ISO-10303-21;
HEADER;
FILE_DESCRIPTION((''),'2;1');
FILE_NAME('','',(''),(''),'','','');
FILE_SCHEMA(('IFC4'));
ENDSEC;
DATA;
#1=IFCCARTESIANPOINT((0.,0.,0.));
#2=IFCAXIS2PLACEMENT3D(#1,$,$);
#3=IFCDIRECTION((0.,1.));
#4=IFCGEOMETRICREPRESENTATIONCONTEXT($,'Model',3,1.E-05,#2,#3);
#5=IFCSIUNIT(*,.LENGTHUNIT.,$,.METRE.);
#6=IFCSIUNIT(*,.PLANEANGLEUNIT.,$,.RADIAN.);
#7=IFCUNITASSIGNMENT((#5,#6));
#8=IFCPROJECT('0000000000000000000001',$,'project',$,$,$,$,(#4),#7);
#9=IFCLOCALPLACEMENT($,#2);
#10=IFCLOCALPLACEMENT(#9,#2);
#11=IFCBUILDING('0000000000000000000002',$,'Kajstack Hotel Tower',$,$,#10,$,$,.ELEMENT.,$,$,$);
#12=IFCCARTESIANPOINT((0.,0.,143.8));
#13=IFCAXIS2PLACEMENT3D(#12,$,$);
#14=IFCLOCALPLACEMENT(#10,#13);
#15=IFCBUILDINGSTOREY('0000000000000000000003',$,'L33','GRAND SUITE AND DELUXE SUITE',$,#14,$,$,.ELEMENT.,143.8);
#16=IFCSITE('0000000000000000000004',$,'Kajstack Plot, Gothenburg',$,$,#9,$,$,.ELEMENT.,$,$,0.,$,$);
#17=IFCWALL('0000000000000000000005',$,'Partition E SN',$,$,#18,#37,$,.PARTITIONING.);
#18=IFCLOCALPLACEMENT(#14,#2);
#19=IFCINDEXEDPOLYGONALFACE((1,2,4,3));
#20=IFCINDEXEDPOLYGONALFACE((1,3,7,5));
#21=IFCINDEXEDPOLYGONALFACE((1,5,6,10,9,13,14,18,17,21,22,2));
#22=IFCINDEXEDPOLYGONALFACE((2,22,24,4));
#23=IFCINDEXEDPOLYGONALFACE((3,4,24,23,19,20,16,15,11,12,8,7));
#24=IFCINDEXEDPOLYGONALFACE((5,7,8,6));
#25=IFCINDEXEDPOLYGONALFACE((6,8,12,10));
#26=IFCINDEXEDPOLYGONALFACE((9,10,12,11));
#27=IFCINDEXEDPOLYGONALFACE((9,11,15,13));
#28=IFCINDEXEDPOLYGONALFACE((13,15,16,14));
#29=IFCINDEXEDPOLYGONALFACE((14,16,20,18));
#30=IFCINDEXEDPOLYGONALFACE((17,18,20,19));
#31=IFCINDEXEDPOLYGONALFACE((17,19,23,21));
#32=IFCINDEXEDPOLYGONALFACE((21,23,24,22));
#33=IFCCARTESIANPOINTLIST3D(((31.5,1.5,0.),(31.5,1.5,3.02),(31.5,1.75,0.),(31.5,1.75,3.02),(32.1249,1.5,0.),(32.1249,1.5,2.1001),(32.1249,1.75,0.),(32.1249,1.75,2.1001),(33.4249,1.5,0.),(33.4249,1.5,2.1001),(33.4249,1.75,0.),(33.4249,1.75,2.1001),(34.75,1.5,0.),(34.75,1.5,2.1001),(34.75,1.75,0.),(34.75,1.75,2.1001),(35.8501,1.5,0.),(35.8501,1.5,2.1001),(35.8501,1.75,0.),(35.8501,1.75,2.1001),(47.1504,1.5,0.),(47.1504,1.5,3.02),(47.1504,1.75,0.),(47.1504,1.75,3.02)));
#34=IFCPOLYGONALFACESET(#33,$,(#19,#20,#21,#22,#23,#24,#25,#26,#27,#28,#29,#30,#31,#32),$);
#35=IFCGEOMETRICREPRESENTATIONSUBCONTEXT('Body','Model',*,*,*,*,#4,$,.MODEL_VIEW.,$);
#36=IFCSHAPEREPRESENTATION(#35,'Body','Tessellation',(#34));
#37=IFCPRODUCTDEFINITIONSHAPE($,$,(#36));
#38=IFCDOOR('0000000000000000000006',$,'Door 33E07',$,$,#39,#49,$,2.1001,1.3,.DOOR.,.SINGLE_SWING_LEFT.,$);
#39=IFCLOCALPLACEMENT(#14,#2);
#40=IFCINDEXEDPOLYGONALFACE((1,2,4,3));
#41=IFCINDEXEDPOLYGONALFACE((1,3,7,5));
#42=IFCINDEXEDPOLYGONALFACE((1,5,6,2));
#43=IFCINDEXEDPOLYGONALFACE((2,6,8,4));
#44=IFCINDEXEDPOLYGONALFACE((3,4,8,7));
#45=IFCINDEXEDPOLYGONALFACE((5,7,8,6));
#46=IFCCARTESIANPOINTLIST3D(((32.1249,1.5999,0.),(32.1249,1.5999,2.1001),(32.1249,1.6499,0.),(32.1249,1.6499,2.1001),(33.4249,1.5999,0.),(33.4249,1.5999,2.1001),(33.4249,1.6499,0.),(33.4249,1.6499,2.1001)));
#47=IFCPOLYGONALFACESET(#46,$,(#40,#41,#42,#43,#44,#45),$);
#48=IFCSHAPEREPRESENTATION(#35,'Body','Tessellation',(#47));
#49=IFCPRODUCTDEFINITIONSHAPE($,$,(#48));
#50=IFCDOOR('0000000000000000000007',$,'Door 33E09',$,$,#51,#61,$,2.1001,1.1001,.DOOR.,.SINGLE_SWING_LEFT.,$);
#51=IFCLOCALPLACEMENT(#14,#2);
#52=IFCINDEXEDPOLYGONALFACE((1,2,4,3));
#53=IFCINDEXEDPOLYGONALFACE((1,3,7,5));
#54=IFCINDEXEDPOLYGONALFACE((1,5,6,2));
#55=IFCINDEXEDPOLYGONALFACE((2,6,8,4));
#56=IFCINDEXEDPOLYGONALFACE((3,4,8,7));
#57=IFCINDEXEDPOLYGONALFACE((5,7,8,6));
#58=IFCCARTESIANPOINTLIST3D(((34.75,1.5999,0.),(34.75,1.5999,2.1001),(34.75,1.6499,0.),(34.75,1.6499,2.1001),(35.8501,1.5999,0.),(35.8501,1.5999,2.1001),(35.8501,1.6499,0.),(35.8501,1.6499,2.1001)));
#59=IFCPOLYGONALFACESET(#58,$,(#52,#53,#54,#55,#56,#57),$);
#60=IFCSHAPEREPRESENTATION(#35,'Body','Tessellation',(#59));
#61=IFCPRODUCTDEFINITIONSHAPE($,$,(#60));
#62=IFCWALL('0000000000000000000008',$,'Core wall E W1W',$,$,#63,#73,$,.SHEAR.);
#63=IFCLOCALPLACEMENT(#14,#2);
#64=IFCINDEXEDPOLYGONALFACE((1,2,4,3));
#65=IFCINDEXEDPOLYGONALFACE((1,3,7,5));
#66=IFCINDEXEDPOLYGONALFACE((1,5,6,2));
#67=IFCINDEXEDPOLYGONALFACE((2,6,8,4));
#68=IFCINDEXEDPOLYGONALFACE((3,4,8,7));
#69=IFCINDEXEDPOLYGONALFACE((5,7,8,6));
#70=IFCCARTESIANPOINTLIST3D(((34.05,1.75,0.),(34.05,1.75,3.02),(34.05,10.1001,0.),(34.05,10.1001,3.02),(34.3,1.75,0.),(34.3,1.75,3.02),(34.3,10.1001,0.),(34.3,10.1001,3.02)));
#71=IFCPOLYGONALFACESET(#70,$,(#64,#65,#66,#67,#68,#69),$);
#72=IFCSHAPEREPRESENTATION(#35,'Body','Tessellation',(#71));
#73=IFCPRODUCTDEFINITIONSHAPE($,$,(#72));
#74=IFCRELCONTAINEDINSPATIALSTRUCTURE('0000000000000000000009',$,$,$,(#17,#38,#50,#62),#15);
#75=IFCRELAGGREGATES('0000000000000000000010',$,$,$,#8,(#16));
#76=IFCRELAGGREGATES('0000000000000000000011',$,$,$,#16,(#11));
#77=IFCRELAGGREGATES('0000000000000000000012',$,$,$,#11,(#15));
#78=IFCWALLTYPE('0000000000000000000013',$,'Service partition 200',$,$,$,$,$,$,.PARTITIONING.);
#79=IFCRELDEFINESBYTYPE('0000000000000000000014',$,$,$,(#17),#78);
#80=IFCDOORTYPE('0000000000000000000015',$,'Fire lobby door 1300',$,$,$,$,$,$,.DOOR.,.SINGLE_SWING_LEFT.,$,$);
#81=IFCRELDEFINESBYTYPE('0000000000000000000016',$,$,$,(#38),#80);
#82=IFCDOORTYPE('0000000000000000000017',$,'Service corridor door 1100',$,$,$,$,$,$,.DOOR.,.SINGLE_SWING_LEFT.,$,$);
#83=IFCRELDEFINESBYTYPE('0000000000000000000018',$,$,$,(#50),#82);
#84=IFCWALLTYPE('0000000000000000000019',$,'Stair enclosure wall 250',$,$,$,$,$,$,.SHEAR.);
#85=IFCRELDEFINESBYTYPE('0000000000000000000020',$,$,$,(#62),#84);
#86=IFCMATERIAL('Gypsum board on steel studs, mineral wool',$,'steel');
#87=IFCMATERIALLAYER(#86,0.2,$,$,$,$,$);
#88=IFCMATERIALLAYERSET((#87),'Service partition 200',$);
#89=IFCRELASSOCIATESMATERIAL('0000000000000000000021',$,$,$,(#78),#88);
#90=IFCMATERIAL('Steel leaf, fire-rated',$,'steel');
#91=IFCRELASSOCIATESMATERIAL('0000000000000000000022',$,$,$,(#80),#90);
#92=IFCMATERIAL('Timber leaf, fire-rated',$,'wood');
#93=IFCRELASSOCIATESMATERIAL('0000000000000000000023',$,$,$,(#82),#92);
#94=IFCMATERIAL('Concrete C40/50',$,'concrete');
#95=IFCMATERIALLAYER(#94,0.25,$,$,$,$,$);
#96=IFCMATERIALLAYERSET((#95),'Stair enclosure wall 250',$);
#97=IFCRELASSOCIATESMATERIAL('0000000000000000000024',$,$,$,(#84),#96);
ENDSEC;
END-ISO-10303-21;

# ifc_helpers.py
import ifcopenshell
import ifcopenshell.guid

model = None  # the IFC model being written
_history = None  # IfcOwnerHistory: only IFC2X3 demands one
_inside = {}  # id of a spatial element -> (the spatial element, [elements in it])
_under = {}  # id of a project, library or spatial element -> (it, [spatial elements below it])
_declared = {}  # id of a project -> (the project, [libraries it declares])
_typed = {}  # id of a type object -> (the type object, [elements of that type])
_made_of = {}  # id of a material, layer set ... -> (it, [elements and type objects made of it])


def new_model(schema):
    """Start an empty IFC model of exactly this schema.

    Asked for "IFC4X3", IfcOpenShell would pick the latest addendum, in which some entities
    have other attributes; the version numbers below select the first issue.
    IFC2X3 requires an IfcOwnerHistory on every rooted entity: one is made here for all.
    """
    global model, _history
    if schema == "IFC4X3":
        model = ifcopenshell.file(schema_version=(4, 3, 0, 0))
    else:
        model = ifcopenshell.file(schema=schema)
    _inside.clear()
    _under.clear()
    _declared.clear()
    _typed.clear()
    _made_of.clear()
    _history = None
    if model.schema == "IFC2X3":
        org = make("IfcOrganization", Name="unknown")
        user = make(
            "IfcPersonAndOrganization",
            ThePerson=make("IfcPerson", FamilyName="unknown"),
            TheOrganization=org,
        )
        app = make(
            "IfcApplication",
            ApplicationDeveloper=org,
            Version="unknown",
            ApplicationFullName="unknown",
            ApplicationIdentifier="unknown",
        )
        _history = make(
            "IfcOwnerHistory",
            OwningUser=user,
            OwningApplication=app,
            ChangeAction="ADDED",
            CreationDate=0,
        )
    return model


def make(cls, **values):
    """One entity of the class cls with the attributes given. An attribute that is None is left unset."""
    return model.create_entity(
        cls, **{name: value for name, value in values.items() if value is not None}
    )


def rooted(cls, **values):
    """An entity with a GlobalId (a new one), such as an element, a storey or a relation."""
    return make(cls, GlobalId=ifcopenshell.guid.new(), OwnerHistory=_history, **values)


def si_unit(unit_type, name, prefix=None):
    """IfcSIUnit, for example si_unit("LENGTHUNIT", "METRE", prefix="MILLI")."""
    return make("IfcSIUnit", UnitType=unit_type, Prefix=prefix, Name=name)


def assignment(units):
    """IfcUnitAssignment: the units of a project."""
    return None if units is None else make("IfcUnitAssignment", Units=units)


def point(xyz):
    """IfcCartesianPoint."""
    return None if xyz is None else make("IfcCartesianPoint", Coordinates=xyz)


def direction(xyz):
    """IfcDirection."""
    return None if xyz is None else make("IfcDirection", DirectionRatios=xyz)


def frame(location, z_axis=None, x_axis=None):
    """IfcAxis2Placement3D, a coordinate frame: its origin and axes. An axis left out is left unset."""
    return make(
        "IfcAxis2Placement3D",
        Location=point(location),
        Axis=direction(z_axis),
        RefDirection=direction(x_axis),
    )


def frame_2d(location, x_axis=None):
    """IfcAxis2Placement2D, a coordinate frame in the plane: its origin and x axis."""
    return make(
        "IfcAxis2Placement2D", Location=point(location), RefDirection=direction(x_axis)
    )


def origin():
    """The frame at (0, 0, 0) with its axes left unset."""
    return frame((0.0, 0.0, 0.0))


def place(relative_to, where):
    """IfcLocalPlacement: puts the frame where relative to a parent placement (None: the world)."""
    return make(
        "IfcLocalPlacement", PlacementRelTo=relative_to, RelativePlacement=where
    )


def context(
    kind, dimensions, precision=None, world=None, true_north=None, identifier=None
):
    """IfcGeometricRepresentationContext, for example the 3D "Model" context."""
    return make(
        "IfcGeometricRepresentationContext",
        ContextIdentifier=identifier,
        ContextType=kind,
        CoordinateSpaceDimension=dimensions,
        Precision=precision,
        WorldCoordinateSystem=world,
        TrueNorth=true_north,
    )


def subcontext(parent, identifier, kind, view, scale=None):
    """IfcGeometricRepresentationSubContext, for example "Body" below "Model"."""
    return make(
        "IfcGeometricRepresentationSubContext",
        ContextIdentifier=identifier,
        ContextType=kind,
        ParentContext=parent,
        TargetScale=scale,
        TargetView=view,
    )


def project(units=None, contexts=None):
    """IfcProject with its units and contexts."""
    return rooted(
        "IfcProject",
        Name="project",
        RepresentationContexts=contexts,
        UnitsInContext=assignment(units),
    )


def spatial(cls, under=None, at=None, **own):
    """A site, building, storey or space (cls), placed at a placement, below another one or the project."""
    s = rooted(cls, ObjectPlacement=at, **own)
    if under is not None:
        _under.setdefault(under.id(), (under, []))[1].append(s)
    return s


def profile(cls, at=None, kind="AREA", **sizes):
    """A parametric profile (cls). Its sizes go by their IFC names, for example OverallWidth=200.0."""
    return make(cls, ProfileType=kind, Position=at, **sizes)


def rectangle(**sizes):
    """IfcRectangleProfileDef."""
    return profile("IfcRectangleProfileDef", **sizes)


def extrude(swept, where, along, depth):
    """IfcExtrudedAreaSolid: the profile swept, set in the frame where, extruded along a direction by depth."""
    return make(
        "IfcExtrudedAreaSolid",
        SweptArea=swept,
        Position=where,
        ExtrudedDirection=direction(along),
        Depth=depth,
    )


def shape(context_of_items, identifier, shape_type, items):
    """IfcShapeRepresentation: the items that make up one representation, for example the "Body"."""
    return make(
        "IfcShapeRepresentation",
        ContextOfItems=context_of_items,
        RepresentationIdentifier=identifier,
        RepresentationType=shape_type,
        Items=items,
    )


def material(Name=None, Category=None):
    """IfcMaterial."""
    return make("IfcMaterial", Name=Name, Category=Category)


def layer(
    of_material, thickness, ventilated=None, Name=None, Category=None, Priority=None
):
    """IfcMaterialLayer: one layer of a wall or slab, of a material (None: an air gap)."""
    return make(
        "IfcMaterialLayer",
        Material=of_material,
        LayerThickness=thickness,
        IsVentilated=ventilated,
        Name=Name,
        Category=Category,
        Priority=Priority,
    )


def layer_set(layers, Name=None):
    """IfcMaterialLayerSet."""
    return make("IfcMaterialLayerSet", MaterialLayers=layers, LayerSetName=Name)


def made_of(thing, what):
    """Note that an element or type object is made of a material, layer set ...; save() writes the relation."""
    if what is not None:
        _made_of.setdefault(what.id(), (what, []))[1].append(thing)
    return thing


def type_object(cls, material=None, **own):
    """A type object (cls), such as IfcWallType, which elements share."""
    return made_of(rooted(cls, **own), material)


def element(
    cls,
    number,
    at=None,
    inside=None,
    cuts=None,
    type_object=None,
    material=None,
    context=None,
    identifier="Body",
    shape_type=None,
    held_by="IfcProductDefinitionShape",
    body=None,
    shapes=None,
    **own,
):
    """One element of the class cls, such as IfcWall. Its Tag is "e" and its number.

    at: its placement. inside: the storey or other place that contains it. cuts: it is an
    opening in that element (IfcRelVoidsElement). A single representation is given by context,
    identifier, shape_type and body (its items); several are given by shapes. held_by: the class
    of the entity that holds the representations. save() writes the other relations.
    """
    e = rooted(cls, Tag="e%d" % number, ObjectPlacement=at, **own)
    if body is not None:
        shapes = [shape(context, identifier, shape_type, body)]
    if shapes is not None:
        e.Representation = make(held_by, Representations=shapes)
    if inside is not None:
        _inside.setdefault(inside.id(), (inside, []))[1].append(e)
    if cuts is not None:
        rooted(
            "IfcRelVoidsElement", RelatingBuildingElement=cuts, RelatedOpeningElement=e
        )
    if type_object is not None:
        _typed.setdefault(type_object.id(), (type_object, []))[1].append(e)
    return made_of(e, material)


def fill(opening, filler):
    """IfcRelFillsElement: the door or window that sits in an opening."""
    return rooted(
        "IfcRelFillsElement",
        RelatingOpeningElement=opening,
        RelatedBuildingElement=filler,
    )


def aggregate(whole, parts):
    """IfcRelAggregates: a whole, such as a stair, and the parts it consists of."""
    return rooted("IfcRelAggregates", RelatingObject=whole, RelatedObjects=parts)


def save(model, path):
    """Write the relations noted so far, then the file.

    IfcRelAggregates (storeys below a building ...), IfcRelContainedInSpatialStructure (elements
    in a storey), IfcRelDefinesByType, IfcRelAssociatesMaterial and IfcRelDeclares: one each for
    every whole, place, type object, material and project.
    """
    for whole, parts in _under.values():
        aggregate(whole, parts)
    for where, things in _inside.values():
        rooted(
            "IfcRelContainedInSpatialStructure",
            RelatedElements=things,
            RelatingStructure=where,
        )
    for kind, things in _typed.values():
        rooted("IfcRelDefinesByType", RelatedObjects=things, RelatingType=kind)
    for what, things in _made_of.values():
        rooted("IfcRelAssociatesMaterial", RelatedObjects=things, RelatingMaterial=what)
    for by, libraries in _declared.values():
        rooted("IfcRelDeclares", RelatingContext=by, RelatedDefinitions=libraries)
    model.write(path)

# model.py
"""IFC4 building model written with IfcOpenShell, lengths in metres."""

from ifc_helpers import new_model, si_unit, direction, frame, frame_2d, origin, place, context, subcontext, project, spatial, rectangle, extrude, material, layer, layer_set, type_object, element, fill, save


model = new_model("IFC4")

# Units and contexts
model_context = context("Model", 3, precision=1e-05, world=origin(), true_north=direction((0.0, 1.0)))
body_context = subcontext(model_context, "Body", "Model", "MODEL_VIEW")
ifc_project = project(units=[si_unit("LENGTHUNIT", "METRE"), si_unit("PLANEANGLEUNIT", "RADIAN")], contexts=[model_context])

# Site, building, storey
site_placement = place(None, origin())
site = spatial("IfcSite", under=ifc_project, at=site_placement, Name="Kajstack Plot, Gothenburg", CompositionType="ELEMENT", RefElevation=0.0)
building_placement = place(site_placement, origin())
building = spatial("IfcBuilding", under=site, at=building_placement, Name="Kajstack Hotel Tower", CompositionType="ELEMENT")
storey_placement = place(building_placement, frame((0.0, 0.0, 143.8)))
storey = spatial("IfcBuildingStorey", under=building, at=storey_placement, Name="L33", Description="GRAND SUITE AND DELUXE SUITE", CompositionType="ELEMENT", Elevation=143.8)

# Wall, openings, doors
ifc_material_1 = material(Name="Gypsum board on steel studs, mineral wool", Category="steel")
ifc_layer_1 = layer(ifc_material_1, 0.2)
ifc_layer_set_1 = layer_set([ifc_layer_1], Name="Service partition 200")
wall_type_1 = type_object("IfcWallType", Name="Service partition 200", PredefinedType="PARTITIONING", material=ifc_layer_set_1)
wall_1_placement = place(storey_placement, frame((31.5, 1.625, 0.0), z_axis=(0.0, 0.0, 1.0), x_axis=(1.0, 0.0, 0.0)))
wall_1 = element("IfcWall", 1, at=wall_1_placement, inside=storey, type_object=wall_type_1, Name="Partition E SN", PredefinedType="PARTITIONING", context=body_context, shape_type="SweptSolid", body=[
    extrude(rectangle(XDim=15.6504, YDim=0.25, at=frame_2d((7.8252, 0.0))), origin(), (0.0, 0.0, 1.0), 3.02),
])
opening_1_placement = place(wall_1_placement, frame((0.625, 0.0, 0.0)))
opening_1 = element("IfcOpeningElement", 2, at=opening_1_placement, cuts=wall_1, PredefinedType="OPENING", context=body_context, shape_type="SweptSolid", body=[
    extrude(rectangle(XDim=1.3, YDim=2.1001, at=frame_2d((0.6499, 1.05))), frame((0.0, 0.135, 0.0), z_axis=(0.0, -1.0, 0.0), x_axis=(1.0, 0.0, 0.0)), (0.0, 0.0, 1.0), 0.27),
])
opening_2_placement = place(wall_1_placement, frame((3.25, 0.0, 0.0)))
opening_2 = element("IfcOpeningElement", 3, at=opening_2_placement, cuts=wall_1, PredefinedType="OPENING", context=body_context, shape_type="SweptSolid", body=[
    extrude(rectangle(XDim=1.1001, YDim=2.1001, at=frame_2d((0.55, 1.05))), frame((0.0, 0.135, 0.0), z_axis=(0.0, -1.0, 0.0), x_axis=(1.0, 0.0, 0.0)), (0.0, 0.0, 1.0), 0.27),
])
ifc_material_2 = material(Name="Steel leaf, fire-rated", Category="steel")
door_type_1 = type_object("IfcDoorType", Name="Fire lobby door 1300", OperationType="SINGLE_SWING_LEFT", PredefinedType="DOOR", material=ifc_material_2)
door_1_placement = place(opening_1_placement, origin())
door_1 = element("IfcDoor", 4, at=door_1_placement, inside=storey, type_object=door_type_1, Name="Door 33E07", OperationType="SINGLE_SWING_LEFT", OverallHeight=2.1001, OverallWidth=1.3, PredefinedType="DOOR", context=body_context, shape_type="SweptSolid", body=[
    extrude(rectangle(XDim=1.3, YDim=2.1001, at=frame_2d((0.6499, 1.05))), frame((0.0, 0.0249, 0.0), z_axis=(0.0, -1.0, 0.0), x_axis=(1.0, 0.0, 0.0)), (0.0, 0.0, 1.0), 0.05),
])
fill(opening_1, door_1)
ifc_material_3 = material(Name="Timber leaf, fire-rated", Category="wood")
door_type_2 = type_object("IfcDoorType", Name="Service corridor door 1100", OperationType="SINGLE_SWING_LEFT", PredefinedType="DOOR", material=ifc_material_3)
door_2_placement = place(opening_2_placement, origin())
door_2 = element("IfcDoor", 5, at=door_2_placement, inside=storey, type_object=door_type_2, Name="Door 33E09", OperationType="SINGLE_SWING_LEFT", OverallHeight=2.1001, OverallWidth=1.1001, PredefinedType="DOOR", context=body_context, shape_type="SweptSolid", body=[
    extrude(rectangle(XDim=1.1001, YDim=2.1001, at=frame_2d((0.55, 1.05))), frame((0.0, 0.0249, 0.0), z_axis=(0.0, -1.0, 0.0), x_axis=(1.0, 0.0, 0.0)), (0.0, 0.0, 1.0), 0.05),
])
fill(opening_2, door_2)

# Wall
ifc_material_4 = material(Name="Concrete C40/50", Category="concrete")
ifc_layer_2 = layer(ifc_material_4, 0.25)
ifc_layer_set_2 = layer_set([ifc_layer_2], Name="Stair enclosure wall 250")
wall_type_2 = type_object("IfcWallType", Name="Stair enclosure wall 250", PredefinedType="SHEAR", material=ifc_layer_set_2)
wall_2_placement = place(storey_placement, frame((34.175, 1.75, 0.0), z_axis=(0.0, 0.0, 1.0), x_axis=(0.0, 1.0, 0.0)))
element("IfcWall", 6, at=wall_2_placement, inside=storey, type_object=wall_type_2, Name="Core wall E W1W", PredefinedType="SHEAR", context=body_context, shape_type="SweptSolid", body=[
    extrude(rectangle(XDim=8.3501, YDim=0.25, at=frame_2d((4.175, 0.0))), origin(), (0.0, 0.0, 1.0), 3.02),
])

save(model, "model.ifc")
